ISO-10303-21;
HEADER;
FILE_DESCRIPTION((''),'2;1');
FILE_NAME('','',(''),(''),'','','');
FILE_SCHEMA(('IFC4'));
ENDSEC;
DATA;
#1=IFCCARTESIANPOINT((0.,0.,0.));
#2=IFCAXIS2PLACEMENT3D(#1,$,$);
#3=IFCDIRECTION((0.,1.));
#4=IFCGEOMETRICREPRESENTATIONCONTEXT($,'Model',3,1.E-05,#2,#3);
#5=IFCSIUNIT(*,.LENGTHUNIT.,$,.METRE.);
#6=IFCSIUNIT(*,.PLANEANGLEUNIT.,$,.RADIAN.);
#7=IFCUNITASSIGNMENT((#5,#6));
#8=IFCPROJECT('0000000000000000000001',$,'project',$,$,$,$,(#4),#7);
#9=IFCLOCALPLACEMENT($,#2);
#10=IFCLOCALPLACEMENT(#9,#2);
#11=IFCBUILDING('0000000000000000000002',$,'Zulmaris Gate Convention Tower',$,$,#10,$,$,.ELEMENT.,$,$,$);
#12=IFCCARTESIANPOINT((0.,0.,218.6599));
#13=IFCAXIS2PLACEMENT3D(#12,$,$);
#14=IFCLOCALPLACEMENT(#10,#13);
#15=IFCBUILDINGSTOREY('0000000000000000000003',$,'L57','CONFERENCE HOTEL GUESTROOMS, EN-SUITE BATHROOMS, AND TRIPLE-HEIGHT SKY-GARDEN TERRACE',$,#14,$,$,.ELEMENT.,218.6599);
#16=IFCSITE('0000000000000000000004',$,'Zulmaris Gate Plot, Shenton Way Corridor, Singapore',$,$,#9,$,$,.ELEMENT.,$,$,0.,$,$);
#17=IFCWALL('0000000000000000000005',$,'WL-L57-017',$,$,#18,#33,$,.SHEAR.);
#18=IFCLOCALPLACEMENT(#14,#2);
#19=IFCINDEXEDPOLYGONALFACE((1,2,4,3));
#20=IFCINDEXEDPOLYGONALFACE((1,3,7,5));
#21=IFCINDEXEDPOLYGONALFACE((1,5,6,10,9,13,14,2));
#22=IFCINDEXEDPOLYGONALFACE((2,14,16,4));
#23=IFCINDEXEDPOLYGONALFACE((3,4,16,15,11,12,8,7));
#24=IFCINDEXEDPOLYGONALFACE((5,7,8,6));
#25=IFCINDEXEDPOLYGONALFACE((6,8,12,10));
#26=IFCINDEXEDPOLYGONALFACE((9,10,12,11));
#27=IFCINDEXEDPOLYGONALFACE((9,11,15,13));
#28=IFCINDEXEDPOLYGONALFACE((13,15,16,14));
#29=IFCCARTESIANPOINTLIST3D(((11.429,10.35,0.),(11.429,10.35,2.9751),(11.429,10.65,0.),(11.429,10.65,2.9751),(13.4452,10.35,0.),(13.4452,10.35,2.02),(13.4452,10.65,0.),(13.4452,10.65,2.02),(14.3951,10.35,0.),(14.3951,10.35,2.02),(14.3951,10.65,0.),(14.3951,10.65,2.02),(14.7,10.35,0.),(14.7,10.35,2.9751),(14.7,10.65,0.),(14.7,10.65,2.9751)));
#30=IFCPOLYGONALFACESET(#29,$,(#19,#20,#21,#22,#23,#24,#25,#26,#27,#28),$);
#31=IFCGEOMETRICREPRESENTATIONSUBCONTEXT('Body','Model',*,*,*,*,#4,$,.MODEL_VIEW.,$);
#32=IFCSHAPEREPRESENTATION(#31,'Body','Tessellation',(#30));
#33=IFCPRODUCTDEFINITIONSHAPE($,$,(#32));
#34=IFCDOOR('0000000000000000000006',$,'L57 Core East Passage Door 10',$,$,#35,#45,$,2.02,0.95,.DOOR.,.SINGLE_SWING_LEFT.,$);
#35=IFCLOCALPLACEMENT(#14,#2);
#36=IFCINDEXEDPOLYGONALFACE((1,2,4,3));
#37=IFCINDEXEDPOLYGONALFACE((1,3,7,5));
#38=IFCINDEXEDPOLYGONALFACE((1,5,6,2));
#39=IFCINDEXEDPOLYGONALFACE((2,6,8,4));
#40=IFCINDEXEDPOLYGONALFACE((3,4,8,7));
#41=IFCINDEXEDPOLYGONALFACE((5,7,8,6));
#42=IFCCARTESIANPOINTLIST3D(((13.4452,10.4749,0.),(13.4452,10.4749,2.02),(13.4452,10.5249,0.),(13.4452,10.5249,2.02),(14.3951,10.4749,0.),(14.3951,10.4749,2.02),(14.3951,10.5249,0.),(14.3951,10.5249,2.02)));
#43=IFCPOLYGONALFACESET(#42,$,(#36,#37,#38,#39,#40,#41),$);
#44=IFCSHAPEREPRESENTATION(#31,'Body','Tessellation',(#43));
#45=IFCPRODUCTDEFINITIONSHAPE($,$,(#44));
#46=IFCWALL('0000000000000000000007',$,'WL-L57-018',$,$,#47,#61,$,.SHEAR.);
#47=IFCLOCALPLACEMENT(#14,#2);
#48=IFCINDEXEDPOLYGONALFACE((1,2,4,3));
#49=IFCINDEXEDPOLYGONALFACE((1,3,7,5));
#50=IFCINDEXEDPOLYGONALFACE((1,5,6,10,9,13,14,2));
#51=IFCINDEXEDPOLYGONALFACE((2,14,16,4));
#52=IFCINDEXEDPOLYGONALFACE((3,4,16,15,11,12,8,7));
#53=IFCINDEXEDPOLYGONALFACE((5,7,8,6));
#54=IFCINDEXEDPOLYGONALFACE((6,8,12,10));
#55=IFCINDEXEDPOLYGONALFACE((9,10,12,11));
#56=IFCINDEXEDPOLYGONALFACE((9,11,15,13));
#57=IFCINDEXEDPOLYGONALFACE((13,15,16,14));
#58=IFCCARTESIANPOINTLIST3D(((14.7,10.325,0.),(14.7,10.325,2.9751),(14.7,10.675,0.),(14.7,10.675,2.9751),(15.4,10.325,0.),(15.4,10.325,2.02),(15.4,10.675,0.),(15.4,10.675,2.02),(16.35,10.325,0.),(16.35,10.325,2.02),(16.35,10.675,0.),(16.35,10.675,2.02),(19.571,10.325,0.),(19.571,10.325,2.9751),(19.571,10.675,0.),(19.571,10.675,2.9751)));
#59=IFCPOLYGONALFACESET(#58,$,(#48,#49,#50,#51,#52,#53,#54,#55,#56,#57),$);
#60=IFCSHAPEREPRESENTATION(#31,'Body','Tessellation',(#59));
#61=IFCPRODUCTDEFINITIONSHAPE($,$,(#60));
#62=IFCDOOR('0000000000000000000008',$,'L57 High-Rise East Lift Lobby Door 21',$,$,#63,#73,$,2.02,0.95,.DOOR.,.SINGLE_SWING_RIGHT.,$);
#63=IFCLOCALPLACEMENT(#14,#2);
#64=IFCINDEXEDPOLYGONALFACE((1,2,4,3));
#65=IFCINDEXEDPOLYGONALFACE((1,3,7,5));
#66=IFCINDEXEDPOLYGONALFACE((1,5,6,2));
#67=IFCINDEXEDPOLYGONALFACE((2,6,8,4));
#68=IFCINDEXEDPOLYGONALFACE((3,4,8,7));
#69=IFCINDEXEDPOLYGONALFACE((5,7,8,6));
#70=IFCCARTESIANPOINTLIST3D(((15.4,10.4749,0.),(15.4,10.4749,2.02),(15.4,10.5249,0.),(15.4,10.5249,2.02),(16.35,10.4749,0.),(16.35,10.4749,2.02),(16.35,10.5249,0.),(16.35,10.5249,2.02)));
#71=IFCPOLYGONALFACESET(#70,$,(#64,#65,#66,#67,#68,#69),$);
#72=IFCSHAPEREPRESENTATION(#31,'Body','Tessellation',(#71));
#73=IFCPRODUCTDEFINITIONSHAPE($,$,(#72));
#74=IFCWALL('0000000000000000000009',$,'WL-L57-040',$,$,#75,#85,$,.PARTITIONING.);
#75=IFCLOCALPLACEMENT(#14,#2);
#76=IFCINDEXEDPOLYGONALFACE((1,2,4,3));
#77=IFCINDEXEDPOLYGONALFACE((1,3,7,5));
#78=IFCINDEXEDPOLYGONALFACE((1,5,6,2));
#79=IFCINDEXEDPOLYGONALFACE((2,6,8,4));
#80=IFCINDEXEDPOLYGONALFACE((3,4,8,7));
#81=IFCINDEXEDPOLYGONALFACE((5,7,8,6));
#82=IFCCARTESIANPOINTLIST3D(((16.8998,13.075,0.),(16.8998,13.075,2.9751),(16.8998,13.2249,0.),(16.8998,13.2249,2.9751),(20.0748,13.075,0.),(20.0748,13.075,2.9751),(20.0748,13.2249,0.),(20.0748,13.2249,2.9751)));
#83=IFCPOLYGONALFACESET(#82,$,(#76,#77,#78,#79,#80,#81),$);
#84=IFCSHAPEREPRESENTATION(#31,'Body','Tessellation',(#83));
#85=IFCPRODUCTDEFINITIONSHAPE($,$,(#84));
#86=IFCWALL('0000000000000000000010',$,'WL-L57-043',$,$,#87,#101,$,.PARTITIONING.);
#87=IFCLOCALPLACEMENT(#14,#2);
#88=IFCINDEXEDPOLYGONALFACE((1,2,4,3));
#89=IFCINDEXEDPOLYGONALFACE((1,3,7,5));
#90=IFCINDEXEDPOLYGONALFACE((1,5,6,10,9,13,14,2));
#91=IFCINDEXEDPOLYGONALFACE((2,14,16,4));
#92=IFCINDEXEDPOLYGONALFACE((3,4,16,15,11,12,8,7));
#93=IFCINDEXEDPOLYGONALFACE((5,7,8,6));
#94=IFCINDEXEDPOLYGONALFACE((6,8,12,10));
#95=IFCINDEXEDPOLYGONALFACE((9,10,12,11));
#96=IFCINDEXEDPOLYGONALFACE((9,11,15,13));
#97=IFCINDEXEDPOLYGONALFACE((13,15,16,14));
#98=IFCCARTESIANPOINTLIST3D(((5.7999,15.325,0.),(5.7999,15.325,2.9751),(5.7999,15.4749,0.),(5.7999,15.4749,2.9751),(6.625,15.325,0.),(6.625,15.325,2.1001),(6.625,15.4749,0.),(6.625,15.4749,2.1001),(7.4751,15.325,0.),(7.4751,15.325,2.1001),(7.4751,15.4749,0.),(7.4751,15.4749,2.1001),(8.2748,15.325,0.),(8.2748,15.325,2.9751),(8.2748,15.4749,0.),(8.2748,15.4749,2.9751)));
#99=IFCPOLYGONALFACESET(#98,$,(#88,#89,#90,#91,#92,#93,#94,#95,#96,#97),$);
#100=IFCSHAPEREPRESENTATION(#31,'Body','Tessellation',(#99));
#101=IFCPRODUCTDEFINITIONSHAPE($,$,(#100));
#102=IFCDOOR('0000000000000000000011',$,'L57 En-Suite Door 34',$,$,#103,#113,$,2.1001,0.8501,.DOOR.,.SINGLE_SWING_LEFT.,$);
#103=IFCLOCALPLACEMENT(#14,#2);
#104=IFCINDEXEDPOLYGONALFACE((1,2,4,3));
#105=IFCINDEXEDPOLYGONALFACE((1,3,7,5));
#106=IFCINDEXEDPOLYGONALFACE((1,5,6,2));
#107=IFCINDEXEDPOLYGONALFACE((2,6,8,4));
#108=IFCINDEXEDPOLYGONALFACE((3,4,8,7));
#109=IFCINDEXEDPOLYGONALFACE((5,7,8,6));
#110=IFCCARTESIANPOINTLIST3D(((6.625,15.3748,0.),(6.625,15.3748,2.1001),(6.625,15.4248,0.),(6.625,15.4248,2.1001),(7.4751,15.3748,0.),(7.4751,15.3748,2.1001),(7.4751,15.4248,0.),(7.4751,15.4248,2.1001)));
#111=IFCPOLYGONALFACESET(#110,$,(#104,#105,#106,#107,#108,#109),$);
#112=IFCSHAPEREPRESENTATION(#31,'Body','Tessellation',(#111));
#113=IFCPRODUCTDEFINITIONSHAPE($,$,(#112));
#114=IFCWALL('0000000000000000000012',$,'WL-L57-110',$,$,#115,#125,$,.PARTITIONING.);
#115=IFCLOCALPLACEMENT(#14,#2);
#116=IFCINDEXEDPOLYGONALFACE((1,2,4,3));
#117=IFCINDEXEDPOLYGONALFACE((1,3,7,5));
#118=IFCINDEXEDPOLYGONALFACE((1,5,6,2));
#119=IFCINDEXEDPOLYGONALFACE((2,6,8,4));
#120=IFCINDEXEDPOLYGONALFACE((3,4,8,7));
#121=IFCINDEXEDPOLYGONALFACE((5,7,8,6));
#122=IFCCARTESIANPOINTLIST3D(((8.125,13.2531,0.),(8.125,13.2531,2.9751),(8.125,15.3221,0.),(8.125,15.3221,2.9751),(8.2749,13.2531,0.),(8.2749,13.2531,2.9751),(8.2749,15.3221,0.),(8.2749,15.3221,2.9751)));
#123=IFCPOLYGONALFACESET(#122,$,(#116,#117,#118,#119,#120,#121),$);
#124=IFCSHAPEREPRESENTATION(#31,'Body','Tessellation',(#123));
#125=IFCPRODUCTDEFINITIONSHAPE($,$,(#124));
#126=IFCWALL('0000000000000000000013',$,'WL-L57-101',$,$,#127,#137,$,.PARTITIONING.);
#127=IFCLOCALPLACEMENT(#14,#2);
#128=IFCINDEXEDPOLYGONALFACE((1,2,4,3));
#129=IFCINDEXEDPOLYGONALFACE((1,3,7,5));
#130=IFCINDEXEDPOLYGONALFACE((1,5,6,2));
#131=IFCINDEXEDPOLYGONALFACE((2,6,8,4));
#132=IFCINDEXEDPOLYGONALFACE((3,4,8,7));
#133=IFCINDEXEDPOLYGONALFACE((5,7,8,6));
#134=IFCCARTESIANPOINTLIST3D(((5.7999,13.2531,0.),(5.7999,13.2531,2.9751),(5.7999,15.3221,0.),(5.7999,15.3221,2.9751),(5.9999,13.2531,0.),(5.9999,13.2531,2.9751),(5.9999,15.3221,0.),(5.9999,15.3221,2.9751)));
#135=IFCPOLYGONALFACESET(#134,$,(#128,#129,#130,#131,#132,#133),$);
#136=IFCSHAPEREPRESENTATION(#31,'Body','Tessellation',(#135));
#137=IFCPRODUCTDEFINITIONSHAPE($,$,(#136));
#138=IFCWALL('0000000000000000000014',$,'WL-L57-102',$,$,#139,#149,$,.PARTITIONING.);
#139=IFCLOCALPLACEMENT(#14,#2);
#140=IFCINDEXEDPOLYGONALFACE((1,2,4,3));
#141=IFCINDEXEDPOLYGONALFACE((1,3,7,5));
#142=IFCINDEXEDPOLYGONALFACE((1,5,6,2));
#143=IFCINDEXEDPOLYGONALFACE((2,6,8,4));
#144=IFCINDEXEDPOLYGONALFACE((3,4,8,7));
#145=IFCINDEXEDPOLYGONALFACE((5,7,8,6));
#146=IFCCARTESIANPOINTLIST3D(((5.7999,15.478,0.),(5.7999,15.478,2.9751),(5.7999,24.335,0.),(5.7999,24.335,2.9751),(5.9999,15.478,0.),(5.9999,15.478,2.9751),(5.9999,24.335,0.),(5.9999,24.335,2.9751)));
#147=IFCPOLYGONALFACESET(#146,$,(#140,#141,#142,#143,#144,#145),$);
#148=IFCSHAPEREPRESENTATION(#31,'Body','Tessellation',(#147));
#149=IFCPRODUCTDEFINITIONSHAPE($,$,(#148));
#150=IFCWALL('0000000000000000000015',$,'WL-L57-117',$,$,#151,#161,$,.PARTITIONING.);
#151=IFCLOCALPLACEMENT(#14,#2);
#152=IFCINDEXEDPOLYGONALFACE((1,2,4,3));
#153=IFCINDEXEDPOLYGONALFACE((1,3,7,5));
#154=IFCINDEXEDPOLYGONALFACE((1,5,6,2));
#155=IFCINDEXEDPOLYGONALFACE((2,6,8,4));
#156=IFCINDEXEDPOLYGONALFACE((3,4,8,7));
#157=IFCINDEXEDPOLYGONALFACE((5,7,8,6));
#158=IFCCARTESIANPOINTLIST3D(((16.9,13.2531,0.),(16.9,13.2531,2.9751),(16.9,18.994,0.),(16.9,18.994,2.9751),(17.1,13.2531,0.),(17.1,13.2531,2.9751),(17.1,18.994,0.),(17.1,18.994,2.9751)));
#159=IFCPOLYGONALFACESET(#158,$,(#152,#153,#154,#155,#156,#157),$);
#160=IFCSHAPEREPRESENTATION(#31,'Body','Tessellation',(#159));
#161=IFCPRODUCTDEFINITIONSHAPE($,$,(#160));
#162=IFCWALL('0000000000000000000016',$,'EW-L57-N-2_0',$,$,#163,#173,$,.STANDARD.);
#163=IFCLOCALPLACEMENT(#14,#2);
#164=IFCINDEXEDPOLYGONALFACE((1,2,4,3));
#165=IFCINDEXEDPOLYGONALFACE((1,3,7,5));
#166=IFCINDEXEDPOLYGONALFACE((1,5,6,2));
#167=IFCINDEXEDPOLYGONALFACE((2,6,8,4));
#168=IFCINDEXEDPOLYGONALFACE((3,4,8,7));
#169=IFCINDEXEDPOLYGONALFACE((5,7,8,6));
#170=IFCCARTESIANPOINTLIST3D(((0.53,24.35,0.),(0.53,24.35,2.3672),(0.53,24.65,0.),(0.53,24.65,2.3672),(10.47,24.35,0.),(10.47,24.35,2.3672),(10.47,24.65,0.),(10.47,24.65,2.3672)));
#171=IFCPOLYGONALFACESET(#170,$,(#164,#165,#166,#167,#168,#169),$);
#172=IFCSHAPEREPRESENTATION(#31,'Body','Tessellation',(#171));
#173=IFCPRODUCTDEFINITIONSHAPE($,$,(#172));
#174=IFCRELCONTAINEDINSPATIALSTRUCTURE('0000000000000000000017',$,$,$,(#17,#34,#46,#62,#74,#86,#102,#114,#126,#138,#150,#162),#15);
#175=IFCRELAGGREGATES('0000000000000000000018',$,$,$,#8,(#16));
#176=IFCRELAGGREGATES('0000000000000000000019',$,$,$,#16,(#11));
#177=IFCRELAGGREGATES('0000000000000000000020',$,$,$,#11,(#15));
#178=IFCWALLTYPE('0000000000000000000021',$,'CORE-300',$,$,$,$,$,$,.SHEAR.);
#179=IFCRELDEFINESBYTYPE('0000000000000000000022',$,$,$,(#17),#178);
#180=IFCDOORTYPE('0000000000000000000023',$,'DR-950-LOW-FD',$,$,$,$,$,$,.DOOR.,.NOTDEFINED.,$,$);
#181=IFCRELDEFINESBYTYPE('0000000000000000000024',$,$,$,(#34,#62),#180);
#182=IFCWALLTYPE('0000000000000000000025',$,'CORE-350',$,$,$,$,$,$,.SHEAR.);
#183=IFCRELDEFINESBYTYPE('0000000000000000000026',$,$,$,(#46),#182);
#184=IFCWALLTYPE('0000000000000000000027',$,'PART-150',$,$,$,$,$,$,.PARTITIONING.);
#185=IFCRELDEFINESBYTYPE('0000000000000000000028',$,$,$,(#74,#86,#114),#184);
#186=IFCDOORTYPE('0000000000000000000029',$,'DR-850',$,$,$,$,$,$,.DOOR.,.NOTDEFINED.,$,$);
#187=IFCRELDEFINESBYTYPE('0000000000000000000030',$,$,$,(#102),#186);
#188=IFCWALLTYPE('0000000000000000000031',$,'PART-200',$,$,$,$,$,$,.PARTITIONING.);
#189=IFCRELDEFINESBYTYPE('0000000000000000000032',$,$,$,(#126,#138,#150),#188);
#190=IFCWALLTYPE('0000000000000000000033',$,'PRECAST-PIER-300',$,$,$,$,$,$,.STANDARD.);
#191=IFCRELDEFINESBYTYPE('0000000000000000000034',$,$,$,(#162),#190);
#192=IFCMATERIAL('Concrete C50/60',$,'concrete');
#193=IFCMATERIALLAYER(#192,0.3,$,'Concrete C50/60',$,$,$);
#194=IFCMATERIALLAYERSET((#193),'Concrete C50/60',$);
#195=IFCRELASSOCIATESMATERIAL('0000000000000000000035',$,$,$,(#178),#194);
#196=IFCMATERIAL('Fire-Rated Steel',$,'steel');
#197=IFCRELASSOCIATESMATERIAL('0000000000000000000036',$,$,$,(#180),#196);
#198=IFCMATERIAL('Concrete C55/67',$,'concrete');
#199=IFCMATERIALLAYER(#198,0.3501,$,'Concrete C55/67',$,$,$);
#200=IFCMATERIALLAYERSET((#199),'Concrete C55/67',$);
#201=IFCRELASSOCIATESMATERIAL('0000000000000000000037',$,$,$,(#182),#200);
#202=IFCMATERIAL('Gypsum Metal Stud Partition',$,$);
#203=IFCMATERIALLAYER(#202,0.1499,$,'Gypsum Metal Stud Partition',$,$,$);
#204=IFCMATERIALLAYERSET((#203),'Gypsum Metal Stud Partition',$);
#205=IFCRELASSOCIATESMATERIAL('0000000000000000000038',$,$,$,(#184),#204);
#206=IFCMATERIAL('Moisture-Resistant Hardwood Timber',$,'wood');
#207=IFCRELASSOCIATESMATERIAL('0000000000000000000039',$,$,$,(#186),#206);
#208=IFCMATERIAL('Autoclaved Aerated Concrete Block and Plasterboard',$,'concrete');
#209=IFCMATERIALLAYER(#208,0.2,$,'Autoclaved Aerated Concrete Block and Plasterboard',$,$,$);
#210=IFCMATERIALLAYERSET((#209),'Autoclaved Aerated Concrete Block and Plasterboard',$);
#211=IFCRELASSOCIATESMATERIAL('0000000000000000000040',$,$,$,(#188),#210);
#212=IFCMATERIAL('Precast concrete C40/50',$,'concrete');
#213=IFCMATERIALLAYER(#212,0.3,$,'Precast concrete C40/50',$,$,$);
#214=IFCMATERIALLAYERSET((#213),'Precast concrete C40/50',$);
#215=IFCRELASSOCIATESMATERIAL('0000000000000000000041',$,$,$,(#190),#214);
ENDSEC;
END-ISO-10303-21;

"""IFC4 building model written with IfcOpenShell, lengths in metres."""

from ifc_helpers import new_model, si_unit, direction, frame, frame_2d, origin, place, context, subcontext, project, spatial, rectangle, extrude, material, layer, layer_set, type_object, element, fill, save


model = new_model("IFC4")

# Units and contexts
model_context = context("Model", 3, precision=1e-05, world=origin(), true_north=direction((0.0, 1.0)))
body_context = subcontext(model_context, "Body", "Model", "MODEL_VIEW")
ifc_project = project(units=[si_unit("LENGTHUNIT", "METRE"), si_unit("PLANEANGLEUNIT", "RADIAN")], contexts=[model_context])

# Site, building, storey
site_placement = place(None, origin())
site = spatial("IfcSite", under=ifc_project, at=site_placement, Name="Zulmaris Gate Plot, Shenton Way Corridor, Singapore", CompositionType="ELEMENT", RefElevation=0.0)
building_placement = place(site_placement, origin())
building = spatial("IfcBuilding", under=site, at=building_placement, Name="Zulmaris Gate Convention Tower", CompositionType="ELEMENT")
storey_placement = place(building_placement, frame((0.0, 0.0, 218.6599)))
storey = spatial("IfcBuildingStorey", under=building, at=storey_placement, Name="L57", Description="CONFERENCE HOTEL GUESTROOMS, EN-SUITE BATHROOMS, AND TRIPLE-HEIGHT SKY-GARDEN TERRACE", CompositionType="ELEMENT", Elevation=218.6599)

# Shared definitions
ifc_material_1 = material(Name="Concrete C50/60", Category="concrete")

# Walls, openings, doors
ifc_layer_1 = layer(ifc_material_1, 0.3, Name="Concrete C50/60")
ifc_layer_set_1 = layer_set([ifc_layer_1], Name="Concrete C50/60")
wall_type_1 = type_object("IfcWallType", Name="CORE-300", PredefinedType="SHEAR", material=ifc_layer_set_1)
wall_1_placement = place(storey_placement, frame((11.429, 10.5, 0.0), z_axis=(0.0, 0.0, 1.0), x_axis=(1.0, 0.0, 0.0)))
wall_1 = element("IfcWall", 1, at=wall_1_placement, inside=storey, type_object=wall_type_1, Name="WL-L57-017", PredefinedType="SHEAR", context=body_context, shape_type="SweptSolid", body=[
    extrude(rectangle(XDim=3.271, YDim=0.3, at=frame_2d((1.6355, 0.0))), origin(), (0.0, 0.0, 1.0), 2.9751),
])
opening_1_placement = place(wall_1_placement, frame((2.0161, 0.0, 0.0)))
opening_1 = element("IfcOpeningElement", 2, at=opening_1_placement, cuts=wall_1, PredefinedType="OPENING", context=body_context, shape_type="SweptSolid", body=[
    extrude(rectangle(XDim=0.95, YDim=2.02, at=frame_2d((0.4751, 1.01))), frame((0.0, 0.1602, 0.0), z_axis=(0.0, -1.0, 0.0), x_axis=(1.0, 0.0, 0.0)), (0.0, 0.0, 1.0), 0.3201),
])
ifc_material_2 = material(Name="Fire-Rated Steel", Category="steel")
door_type_1 = type_object("IfcDoorType", Name="DR-950-LOW-FD", OperationType="NOTDEFINED", PredefinedType="DOOR", material=ifc_material_2)
door_1_placement = place(opening_1_placement, origin())
door_1 = element("IfcDoor", 3, at=door_1_placement, inside=storey, type_object=door_type_1, Name="L57 Core East Passage Door 10", OperationType="SINGLE_SWING_LEFT", OverallHeight=2.02, OverallWidth=0.95, PredefinedType="DOOR", context=body_context, shape_type="SweptSolid", body=[
    extrude(rectangle(XDim=0.95, YDim=2.02, at=frame_2d((0.4751, 1.01))), frame((0.0, 0.0249, 0.0), z_axis=(0.0, -1.0, 0.0), x_axis=(1.0, 0.0, 0.0)), (0.0, 0.0, 1.0), 0.05),
])
fill(opening_1, door_1)
ifc_material_3 = material(Name="Concrete C55/67", Category="concrete")
ifc_layer_2 = layer(ifc_material_3, 0.3501, Name="Concrete C55/67")
ifc_layer_set_2 = layer_set([ifc_layer_2], Name="Concrete C55/67")
wall_type_2 = type_object("IfcWallType", Name="CORE-350", PredefinedType="SHEAR", material=ifc_layer_set_2)
wall_2_placement = place(storey_placement, frame((14.7, 10.5, 0.0), z_axis=(0.0, 0.0, 1.0), x_axis=(1.0, 0.0, 0.0)))
wall_2 = element("IfcWall", 4, at=wall_2_placement, inside=storey, type_object=wall_type_2, Name="WL-L57-018", PredefinedType="SHEAR", context=body_context, shape_type="SweptSolid", body=[
    extrude(rectangle(XDim=4.8711, YDim=0.3501, at=frame_2d((2.4355, 0.0))), origin(), (0.0, 0.0, 1.0), 2.9751),
])
opening_2_placement = place(wall_2_placement, frame((0.7, 0.0, 0.0)))
opening_2 = element("IfcOpeningElement", 5, at=opening_2_placement, cuts=wall_2, PredefinedType="OPENING", context=body_context, shape_type="SweptSolid", body=[
    extrude(rectangle(XDim=0.95, YDim=2.02, at=frame_2d((0.4751, 1.01))), frame((0.0, 0.1851, 0.0), z_axis=(0.0, -1.0, 0.0), x_axis=(1.0, 0.0, 0.0)), (0.0, 0.0, 1.0), 0.3701),
])
door_2_placement = place(opening_2_placement, origin())
door_2 = element("IfcDoor", 6, at=door_2_placement, inside=storey, type_object=door_type_1, Name="L57 High-Rise East Lift Lobby Door 21", OperationType="SINGLE_SWING_RIGHT", OverallHeight=2.02, OverallWidth=0.95, PredefinedType="DOOR", context=body_context, shape_type="SweptSolid", body=[
    extrude(rectangle(XDim=0.95, YDim=2.02, at=frame_2d((0.4751, 1.01))), frame((0.0, 0.0249, 0.0), z_axis=(0.0, -1.0, 0.0), x_axis=(1.0, 0.0, 0.0)), (0.0, 0.0, 1.0), 0.05),
])
fill(opening_2, door_2)

# Wall
ifc_material_4 = material(Name="Gypsum Metal Stud Partition")
ifc_layer_3 = layer(ifc_material_4, 0.1499, Name="Gypsum Metal Stud Partition")
ifc_layer_set_3 = layer_set([ifc_layer_3], Name="Gypsum Metal Stud Partition")
wall_type_3 = type_object("IfcWallType", Name="PART-150", PredefinedType="PARTITIONING", material=ifc_layer_set_3)
wall_3_placement = place(storey_placement, frame((16.8999, 13.1499, 0.0), z_axis=(0.0, 0.0, 1.0), x_axis=(1.0, 0.0, 0.0)))
element("IfcWall", 7, at=wall_3_placement, inside=storey, type_object=wall_type_3, Name="WL-L57-040", PredefinedType="PARTITIONING", context=body_context, shape_type="SweptSolid", body=[
    extrude(rectangle(XDim=3.175, YDim=0.1499, at=frame_2d((1.5874, 0.0))), origin(), (0.0, 0.0, 1.0), 2.9751),
])

# Wall, opening, door
wall_4_placement = place(storey_placement, frame((5.8, 15.3999, 0.0), z_axis=(0.0, 0.0, 1.0), x_axis=(1.0, 0.0, 0.0)))
wall_4 = element("IfcWall", 8, at=wall_4_placement, inside=storey, type_object=wall_type_3, Name="WL-L57-043", PredefinedType="PARTITIONING", context=body_context, shape_type="SweptSolid", body=[
    extrude(rectangle(XDim=2.4749, YDim=0.1499, at=frame_2d((1.2373, 0.0))), origin(), (0.0, 0.0, 1.0), 2.9751),
])
opening_3_placement = place(wall_4_placement, frame((0.825, 0.0, 0.0)))
opening_3 = element("IfcOpeningElement", 9, at=opening_3_placement, cuts=wall_4, PredefinedType="OPENING", context=body_context, shape_type="SweptSolid", body=[
    extrude(rectangle(XDim=0.8501, YDim=2.1001, at=frame_2d((0.425, 1.05))), frame((0.0, 0.085, 0.0), z_axis=(0.0, -1.0, 0.0), x_axis=(1.0, 0.0, 0.0)), (0.0, 0.0, 1.0), 0.1699),
])
ifc_material_5 = material(Name="Moisture-Resistant Hardwood Timber", Category="wood")
door_type_2 = type_object("IfcDoorType", Name="DR-850", OperationType="NOTDEFINED", PredefinedType="DOOR", material=ifc_material_5)
door_3_placement = place(opening_3_placement, origin())
door_3 = element("IfcDoor", 10, at=door_3_placement, inside=storey, type_object=door_type_2, Name="L57 En-Suite Door 34", OperationType="SINGLE_SWING_LEFT", OverallHeight=2.1001, OverallWidth=0.8501, PredefinedType="DOOR", context=body_context, shape_type="SweptSolid", body=[
    extrude(rectangle(XDim=0.8501, YDim=2.1001, at=frame_2d((0.425, 1.05))), frame((0.0, 0.0249, 0.0), z_axis=(0.0, -1.0, 0.0), x_axis=(1.0, 0.0, 0.0)), (0.0, 0.0, 1.0), 0.05),
])
fill(opening_3, door_3)

# Walls
wall_5_placement = place(storey_placement, frame((8.2, 13.2529, 0.0), z_axis=(0.0, 0.0, 1.0), x_axis=(0.0, 1.0, 0.0)))
element("IfcWall", 11, at=wall_5_placement, inside=storey, type_object=wall_type_3, Name="WL-L57-110", PredefinedType="PARTITIONING", context=body_context, shape_type="SweptSolid", body=[
    extrude(rectangle(XDim=2.0691, YDim=0.1499, at=frame_2d((1.0347, 0.0))), origin(), (0.0, 0.0, 1.0), 2.9751),
])
ifc_material_6 = material(Name="Autoclaved Aerated Concrete Block and Plasterboard", Category="concrete")
ifc_layer_4 = layer(ifc_material_6, 0.2, Name="Autoclaved Aerated Concrete Block and Plasterboard")
ifc_layer_set_4 = layer_set([ifc_layer_4], Name="Autoclaved Aerated Concrete Block and Plasterboard")
wall_type_4 = type_object("IfcWallType", Name="PART-200", PredefinedType="PARTITIONING", material=ifc_layer_set_4)
wall_6_placement = place(storey_placement, frame((5.8999, 13.2529, 0.0), z_axis=(0.0, 0.0, 1.0), x_axis=(0.0, 1.0, 0.0)))
element("IfcWall", 12, at=wall_6_placement, inside=storey, type_object=wall_type_4, Name="WL-L57-101", PredefinedType="PARTITIONING", context=body_context, shape_type="SweptSolid", body=[
    extrude(rectangle(XDim=2.0691, YDim=0.2, at=frame_2d((1.0347, 0.0))), origin(), (0.0, 0.0, 1.0), 2.9751),
])
wall_7_placement = place(storey_placement, frame((5.8999, 15.478, 0.0), z_axis=(0.0, 0.0, 1.0), x_axis=(0.0, 1.0, 0.0)))
element("IfcWall", 13, at=wall_7_placement, inside=storey, type_object=wall_type_4, Name="WL-L57-102", PredefinedType="PARTITIONING", context=body_context, shape_type="SweptSolid", body=[
    extrude(rectangle(XDim=8.8569, YDim=0.2, at=frame_2d((4.4285, 0.0))), origin(), (0.0, 0.0, 1.0), 2.9751),
])
wall_8_placement = place(storey_placement, frame((17.0, 13.2529, 0.0), z_axis=(0.0, 0.0, 1.0), x_axis=(0.0, 1.0, 0.0)))
element("IfcWall", 14, at=wall_8_placement, inside=storey, type_object=wall_type_4, Name="WL-L57-117", PredefinedType="PARTITIONING", context=body_context, shape_type="SweptSolid", body=[
    extrude(rectangle(XDim=5.741, YDim=0.2, at=frame_2d((2.8706, 0.0))), origin(), (0.0, 0.0, 1.0), 2.9751),
])
ifc_material_7 = material(Name="Precast concrete C40/50", Category="concrete")
ifc_layer_5 = layer(ifc_material_7, 0.3, Name="Precast concrete C40/50")
ifc_layer_set_5 = layer_set([ifc_layer_5], Name="Precast concrete C40/50")
wall_type_5 = type_object("IfcWallType", Name="PRECAST-PIER-300", PredefinedType="STANDARD", material=ifc_layer_set_5)
wall_9_placement = place(storey_placement, frame((10.47, 24.5, 0.0), z_axis=(0.0, 0.0, 1.0), x_axis=(-1.0, 0.0, 0.0)))
element("IfcWall", 15, at=wall_9_placement, inside=storey, type_object=wall_type_5, Name="EW-L57-N-2_0", PredefinedType="STANDARD", context=body_context, shape_type="SweptSolid", body=[
    extrude(rectangle(XDim=9.9399, YDim=0.3, at=frame_2d((4.97, 0.0))), origin(), (0.0, 0.0, 1.0), 2.3672),
])

save(model, "model.ifc")
